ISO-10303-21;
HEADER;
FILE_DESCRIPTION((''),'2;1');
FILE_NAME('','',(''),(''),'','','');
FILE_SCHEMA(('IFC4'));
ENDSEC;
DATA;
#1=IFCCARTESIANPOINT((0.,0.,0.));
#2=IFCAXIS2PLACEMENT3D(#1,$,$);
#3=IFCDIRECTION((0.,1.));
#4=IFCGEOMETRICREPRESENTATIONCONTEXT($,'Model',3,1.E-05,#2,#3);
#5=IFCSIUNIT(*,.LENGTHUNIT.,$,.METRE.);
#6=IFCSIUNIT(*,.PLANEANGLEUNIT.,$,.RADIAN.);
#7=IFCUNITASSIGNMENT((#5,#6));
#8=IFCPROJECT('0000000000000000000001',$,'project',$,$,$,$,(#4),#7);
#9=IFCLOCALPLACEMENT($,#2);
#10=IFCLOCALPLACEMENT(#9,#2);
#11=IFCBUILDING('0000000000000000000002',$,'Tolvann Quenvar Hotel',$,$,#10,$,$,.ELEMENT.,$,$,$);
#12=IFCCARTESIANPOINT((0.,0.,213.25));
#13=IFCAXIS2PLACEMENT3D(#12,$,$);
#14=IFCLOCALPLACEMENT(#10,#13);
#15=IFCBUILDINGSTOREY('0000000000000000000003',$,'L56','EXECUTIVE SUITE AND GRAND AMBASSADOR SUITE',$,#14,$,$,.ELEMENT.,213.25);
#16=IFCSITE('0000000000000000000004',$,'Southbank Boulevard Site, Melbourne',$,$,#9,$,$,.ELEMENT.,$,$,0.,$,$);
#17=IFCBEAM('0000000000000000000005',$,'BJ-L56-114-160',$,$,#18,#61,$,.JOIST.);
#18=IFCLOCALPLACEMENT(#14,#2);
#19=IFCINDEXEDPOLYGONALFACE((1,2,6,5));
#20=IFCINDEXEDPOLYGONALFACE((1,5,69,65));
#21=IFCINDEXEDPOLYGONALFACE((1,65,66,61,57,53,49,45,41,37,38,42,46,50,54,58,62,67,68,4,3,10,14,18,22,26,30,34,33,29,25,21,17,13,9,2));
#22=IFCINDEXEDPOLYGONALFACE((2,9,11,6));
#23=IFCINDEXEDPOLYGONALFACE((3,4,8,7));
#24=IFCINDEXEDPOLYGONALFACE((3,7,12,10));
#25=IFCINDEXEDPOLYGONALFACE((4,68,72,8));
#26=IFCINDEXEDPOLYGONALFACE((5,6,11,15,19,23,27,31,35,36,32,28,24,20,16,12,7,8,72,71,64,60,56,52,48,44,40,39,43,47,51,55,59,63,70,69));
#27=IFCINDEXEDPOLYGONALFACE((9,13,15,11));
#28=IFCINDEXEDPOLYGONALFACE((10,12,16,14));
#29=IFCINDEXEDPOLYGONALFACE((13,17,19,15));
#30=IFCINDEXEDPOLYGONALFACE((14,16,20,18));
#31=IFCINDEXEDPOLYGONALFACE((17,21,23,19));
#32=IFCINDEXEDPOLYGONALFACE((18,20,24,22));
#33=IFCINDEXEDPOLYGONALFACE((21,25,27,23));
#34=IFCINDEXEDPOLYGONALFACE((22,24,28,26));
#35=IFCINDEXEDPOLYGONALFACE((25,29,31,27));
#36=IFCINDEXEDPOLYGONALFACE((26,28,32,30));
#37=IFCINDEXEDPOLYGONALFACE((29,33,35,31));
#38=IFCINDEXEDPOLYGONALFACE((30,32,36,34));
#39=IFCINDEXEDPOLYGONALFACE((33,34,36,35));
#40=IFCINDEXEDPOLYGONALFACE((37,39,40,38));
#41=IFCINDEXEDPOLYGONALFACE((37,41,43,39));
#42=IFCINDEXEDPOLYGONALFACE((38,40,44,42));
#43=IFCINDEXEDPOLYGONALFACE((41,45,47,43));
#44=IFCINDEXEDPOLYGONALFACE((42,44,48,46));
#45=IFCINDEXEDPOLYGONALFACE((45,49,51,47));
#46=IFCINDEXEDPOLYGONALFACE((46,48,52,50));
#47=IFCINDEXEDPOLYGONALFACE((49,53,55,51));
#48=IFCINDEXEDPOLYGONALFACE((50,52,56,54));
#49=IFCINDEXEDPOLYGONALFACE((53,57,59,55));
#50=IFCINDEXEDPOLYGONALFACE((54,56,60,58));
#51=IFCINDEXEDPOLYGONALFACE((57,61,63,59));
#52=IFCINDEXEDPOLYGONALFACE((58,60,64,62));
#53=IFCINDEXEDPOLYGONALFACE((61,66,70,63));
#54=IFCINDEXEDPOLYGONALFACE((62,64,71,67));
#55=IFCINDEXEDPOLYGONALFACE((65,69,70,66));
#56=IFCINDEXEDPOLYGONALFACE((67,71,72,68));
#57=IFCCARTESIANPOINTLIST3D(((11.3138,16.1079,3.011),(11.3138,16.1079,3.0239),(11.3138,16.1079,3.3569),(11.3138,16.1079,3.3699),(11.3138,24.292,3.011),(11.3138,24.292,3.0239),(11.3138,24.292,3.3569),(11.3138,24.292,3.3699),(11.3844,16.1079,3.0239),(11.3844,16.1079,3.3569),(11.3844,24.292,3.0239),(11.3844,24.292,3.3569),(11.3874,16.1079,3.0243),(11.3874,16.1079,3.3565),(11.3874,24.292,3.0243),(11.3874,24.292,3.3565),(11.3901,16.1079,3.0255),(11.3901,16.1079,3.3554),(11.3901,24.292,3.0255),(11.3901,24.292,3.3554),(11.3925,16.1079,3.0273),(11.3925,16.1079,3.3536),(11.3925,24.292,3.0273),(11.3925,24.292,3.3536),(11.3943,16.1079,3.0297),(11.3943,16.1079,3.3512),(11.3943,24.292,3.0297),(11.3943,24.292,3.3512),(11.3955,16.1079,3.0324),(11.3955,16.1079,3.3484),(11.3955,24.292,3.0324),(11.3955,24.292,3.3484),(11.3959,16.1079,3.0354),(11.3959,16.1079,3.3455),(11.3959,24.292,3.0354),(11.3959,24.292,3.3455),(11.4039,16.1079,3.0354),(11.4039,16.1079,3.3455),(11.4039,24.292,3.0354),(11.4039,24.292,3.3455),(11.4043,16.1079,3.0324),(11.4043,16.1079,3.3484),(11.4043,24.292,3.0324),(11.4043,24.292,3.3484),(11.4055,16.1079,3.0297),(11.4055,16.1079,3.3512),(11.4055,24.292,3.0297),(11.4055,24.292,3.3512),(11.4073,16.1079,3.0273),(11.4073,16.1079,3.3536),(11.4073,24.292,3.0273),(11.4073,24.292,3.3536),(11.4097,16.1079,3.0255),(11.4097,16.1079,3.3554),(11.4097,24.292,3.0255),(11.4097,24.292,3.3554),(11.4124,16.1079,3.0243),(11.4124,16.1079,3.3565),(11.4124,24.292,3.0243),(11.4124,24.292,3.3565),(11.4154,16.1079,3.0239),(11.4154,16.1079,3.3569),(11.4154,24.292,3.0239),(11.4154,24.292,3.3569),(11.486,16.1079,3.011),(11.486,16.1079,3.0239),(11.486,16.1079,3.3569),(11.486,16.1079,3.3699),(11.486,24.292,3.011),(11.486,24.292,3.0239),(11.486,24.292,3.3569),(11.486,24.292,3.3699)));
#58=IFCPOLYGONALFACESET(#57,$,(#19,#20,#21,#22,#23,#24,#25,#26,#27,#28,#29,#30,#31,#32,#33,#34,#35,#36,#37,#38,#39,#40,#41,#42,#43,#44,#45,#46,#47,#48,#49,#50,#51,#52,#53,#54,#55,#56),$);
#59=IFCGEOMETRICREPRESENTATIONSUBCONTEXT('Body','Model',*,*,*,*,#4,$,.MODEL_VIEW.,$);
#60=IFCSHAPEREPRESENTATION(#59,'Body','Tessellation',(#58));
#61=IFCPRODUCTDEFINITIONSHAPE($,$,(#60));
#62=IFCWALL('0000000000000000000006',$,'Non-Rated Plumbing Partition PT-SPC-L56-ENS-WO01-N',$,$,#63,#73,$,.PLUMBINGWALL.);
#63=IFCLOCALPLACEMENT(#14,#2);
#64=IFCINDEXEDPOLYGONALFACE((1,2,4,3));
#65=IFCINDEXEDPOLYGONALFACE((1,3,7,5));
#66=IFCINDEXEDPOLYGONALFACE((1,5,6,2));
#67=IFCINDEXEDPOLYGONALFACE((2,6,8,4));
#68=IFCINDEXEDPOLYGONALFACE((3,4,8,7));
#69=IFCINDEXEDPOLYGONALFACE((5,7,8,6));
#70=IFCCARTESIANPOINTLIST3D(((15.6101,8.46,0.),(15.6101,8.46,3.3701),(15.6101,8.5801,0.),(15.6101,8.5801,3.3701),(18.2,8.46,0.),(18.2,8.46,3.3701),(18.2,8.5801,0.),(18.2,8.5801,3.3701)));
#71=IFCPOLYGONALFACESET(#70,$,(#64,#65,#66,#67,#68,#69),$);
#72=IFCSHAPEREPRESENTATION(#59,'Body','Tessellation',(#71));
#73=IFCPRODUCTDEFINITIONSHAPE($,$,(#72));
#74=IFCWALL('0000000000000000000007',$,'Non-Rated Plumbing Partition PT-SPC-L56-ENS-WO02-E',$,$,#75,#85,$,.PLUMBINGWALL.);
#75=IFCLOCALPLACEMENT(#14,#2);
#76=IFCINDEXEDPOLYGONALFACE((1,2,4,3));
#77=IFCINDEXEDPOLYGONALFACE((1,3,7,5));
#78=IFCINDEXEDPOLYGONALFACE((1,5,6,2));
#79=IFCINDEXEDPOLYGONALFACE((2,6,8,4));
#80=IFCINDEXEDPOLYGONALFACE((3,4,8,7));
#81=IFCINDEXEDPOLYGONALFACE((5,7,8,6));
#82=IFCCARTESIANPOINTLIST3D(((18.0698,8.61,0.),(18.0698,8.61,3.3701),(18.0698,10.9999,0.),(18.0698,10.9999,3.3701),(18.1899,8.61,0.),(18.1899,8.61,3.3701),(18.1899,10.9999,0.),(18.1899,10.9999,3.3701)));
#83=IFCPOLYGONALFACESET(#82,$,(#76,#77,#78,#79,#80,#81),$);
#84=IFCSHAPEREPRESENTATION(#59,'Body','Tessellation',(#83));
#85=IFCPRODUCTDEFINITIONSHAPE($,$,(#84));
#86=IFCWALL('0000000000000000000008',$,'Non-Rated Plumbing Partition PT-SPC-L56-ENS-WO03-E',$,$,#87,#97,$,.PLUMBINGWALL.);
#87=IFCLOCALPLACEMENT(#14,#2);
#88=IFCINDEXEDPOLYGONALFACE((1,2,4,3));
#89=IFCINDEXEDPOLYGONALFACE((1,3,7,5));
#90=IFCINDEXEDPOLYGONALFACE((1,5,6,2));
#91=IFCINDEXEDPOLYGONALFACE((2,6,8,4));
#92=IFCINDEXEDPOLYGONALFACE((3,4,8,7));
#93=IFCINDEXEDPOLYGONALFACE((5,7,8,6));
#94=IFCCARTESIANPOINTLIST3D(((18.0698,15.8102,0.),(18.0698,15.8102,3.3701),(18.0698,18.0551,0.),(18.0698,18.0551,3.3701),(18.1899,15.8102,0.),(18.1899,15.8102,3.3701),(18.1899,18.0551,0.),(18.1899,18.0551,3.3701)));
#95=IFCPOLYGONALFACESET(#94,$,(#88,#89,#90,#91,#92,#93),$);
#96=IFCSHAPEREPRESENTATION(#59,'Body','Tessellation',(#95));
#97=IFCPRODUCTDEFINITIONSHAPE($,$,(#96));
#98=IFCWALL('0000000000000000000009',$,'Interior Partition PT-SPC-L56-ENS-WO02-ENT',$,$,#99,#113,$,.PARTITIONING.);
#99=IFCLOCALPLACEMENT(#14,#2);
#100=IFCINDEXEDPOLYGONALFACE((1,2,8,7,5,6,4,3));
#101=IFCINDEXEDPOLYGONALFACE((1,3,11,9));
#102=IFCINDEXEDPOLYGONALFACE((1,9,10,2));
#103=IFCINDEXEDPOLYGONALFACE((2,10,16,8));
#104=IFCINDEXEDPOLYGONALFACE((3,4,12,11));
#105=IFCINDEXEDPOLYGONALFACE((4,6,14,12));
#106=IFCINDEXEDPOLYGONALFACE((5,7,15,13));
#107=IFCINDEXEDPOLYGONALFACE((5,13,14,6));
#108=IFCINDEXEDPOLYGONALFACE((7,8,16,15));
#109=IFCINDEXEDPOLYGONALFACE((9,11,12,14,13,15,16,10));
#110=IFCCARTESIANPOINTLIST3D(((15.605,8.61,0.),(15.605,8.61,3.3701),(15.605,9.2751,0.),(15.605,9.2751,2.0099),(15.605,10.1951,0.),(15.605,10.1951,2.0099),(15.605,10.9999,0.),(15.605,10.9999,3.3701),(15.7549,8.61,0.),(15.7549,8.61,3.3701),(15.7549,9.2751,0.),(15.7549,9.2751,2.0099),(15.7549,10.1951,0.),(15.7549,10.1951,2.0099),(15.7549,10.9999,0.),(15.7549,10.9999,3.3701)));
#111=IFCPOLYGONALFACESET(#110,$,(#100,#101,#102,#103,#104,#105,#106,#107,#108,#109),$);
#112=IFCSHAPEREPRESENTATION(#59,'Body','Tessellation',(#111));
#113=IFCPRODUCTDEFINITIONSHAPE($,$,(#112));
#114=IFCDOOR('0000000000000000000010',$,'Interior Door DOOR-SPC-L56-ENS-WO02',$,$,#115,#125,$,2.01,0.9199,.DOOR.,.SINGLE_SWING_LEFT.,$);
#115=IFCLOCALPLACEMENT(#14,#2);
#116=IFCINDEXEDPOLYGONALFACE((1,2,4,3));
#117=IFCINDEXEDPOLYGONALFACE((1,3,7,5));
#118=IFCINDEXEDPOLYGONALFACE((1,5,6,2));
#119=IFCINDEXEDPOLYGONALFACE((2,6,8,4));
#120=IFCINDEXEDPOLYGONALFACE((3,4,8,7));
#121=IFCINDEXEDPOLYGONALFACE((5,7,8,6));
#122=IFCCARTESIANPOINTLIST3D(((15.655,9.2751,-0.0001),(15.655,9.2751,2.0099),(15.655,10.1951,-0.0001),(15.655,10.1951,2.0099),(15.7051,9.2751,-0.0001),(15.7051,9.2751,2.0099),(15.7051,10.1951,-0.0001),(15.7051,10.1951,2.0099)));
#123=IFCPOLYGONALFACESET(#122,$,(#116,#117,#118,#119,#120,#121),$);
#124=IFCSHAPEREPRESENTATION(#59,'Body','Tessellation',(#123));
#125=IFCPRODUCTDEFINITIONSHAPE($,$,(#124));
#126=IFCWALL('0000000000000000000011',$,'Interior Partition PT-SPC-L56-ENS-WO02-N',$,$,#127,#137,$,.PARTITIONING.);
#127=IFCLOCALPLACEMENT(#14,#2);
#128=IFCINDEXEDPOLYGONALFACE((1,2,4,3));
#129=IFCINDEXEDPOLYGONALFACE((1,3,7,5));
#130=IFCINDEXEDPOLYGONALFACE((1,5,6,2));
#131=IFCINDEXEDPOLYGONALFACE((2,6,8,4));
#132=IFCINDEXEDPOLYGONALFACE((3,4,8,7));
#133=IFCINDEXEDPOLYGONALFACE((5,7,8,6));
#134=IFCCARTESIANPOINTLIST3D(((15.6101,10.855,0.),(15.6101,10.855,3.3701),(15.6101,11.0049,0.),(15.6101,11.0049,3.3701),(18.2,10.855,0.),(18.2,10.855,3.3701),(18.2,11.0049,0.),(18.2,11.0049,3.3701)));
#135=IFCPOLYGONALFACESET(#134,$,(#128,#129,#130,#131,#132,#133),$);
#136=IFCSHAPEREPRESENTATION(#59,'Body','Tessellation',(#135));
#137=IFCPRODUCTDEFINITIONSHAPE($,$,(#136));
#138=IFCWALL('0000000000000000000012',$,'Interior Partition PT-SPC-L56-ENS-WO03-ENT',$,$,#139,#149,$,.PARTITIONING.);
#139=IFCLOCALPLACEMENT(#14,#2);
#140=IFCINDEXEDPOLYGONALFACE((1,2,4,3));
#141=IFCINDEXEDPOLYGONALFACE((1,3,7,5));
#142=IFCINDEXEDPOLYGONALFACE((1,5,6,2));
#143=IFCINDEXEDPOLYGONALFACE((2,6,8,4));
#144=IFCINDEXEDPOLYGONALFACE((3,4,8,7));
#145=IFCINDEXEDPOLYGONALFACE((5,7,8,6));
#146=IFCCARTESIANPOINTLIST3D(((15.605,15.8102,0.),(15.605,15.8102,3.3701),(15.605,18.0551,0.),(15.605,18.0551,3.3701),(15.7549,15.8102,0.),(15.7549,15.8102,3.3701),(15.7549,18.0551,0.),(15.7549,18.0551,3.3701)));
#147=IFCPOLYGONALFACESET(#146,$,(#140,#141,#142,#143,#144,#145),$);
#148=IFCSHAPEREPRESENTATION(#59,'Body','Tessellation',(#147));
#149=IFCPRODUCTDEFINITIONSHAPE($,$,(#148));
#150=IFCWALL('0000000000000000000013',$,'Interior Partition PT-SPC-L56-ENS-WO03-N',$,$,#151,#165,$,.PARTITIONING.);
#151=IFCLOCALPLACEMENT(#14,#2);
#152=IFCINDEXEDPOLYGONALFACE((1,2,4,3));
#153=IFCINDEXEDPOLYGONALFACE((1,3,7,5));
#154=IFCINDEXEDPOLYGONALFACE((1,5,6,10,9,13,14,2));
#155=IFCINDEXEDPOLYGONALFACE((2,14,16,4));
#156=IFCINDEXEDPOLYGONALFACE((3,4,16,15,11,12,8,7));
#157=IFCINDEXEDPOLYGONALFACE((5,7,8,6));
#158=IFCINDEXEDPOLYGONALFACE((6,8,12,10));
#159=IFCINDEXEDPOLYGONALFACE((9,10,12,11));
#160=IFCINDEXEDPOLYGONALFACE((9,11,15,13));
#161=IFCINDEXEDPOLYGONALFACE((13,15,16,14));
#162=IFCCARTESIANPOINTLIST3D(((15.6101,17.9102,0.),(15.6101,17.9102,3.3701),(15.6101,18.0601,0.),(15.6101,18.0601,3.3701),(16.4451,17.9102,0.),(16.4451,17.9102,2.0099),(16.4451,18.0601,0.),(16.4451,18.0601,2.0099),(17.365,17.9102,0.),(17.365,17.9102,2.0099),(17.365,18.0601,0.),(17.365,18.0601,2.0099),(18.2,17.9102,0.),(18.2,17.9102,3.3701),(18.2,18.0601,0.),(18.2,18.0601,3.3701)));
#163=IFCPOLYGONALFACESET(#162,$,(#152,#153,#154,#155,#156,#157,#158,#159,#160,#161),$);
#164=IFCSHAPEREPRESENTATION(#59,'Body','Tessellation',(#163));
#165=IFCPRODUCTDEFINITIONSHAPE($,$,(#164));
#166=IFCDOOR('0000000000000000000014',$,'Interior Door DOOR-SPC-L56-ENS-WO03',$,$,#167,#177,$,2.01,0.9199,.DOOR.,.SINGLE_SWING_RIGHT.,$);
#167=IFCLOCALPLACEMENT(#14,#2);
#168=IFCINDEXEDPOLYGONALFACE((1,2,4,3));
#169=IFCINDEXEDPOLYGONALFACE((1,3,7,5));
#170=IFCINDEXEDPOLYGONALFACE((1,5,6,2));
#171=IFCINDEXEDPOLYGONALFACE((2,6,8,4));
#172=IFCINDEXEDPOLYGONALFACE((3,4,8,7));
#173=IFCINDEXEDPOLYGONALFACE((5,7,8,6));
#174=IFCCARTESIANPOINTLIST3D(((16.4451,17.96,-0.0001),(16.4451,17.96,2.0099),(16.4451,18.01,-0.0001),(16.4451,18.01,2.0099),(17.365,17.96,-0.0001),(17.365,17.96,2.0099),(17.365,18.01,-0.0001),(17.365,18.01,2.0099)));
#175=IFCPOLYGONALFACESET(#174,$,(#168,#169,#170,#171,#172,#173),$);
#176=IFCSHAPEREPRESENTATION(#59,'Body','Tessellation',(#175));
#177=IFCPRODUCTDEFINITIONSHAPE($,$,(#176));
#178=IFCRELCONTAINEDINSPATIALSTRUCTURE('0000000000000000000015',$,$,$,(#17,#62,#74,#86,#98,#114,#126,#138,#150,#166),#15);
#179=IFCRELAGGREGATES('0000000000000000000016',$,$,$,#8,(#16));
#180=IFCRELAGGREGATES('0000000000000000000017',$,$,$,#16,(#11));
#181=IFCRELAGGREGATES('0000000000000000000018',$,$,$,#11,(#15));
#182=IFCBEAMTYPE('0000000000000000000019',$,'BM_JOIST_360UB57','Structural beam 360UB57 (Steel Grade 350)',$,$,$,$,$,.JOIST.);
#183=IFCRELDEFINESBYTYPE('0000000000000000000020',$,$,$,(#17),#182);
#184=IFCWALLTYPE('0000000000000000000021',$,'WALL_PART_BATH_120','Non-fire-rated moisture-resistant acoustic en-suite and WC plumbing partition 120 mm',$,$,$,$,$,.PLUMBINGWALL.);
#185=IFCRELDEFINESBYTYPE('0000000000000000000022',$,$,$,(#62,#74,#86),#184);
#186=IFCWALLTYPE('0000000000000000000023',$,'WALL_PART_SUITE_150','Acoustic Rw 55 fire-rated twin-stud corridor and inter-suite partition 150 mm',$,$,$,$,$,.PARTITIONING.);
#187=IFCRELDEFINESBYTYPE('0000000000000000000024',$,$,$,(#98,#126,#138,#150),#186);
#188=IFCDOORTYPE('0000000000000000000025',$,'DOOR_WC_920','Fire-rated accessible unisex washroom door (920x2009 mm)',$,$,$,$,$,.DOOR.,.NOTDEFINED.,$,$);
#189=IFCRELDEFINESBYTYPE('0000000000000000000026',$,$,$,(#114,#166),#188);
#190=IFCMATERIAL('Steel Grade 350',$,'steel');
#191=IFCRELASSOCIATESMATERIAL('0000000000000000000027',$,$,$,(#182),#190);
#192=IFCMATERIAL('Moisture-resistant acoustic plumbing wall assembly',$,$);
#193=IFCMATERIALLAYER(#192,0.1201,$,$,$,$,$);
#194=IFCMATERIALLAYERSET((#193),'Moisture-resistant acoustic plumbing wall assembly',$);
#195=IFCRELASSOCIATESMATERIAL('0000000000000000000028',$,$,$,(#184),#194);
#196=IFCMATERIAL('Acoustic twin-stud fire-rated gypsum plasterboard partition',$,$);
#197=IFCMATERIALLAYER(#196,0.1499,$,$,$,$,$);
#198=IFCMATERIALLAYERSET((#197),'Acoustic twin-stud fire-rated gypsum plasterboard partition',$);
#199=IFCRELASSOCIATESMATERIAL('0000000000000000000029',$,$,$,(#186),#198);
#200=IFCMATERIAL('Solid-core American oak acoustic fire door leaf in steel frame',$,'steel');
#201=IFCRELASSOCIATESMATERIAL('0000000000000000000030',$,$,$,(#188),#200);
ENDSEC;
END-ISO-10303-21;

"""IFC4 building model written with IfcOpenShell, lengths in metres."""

from ifc_helpers import new_model, si_unit, direction, frame, frame_2d, origin, origin_2d, place, context, subcontext, project, spatial, rectangle, i_section, extrude, source, transform, mapped, material, layer, layer_set, material_profile, profile_set, type_object, type_shapes, element, fill, save


model = new_model("IFC4")

# Units and contexts
model_context = context("Model", 3, precision=1e-05, world=origin(), true_north=direction((0.0, 1.0)))
body_context = subcontext(model_context, "Body", "Model", "MODEL_VIEW")
ifc_project = project(units=[si_unit("LENGTHUNIT", "METRE"), si_unit("PLANEANGLEUNIT", "RADIAN")], contexts=[model_context])

# Site, building, storey
site_placement = place(None, origin())
site = spatial("IfcSite", under=ifc_project, at=site_placement, Name="Southbank Boulevard Site, Melbourne", CompositionType="ELEMENT", RefElevation=0.0)
building_placement = place(site_placement, origin())
building = spatial("IfcBuilding", under=site, at=building_placement, Name="Tolvann Quenvar Hotel", CompositionType="ELEMENT")
storey_placement = place(building_placement, frame((0.0, 0.0, 213.25)))
storey = spatial("IfcBuildingStorey", under=building, at=storey_placement, Name="L56", Description="EXECUTIVE SUITE AND GRAND AMBASSADOR SUITE", CompositionType="ELEMENT", Elevation=213.25)

# Shared definitions
ifc_material_1 = material(Name="Steel Grade 350", Category="steel")

# Beam
ifc_material_profile_1 = material_profile(ifc_material_1, i_section(OverallWidth=0.1721, OverallDepth=0.3589, WebThickness=0.0081, FlangeThickness=0.0129, FilletRadius=0.0115, at=origin_2d()), Name="360UB57")
ifc_profile_set_1 = profile_set([ifc_material_profile_1], Name="Steel Grade 350")
beam_type_1 = type_object("IfcBeamType", Name="BM_JOIST_360UB57", Description="Structural beam 360UB57 (Steel Grade 350)", PredefinedType="JOIST", material=ifc_profile_set_1)
shared_shape_1 = source(origin(), body_context, "Body", "SweptSolid", [
    extrude(i_section(OverallWidth=0.1721, OverallDepth=0.3589, WebThickness=0.0081, FlangeThickness=0.0129, FilletRadius=0.0115, at=origin_2d()), origin(), (0.0, 0.0, 1.0), 8.1841),
])
type_shapes(beam_type_1, [shared_shape_1])
beam_1_placement = place(storey_placement, frame((11.3999, 16.1079, 3.1904), z_axis=(0.0, 1.0, 0.0), x_axis=(-1.0, 0.0, 0.0)))
element("IfcBeam", 1, at=beam_1_placement, inside=storey, type_object=beam_type_1, Name="BJ-L56-114-160", PredefinedType="JOIST", context=body_context, shape_type="MappedRepresentation", body=[
    mapped(shared_shape_1, transform((0.0, 0.0, 0.0), x_axis=(1.0, 0.0, 0.0), y_axis=(0.0, 1.0, 0.0), z_axis=(0.0, 0.0, 1.0), scale=1.0)),
])

# Walls
ifc_material_2 = material(Name="Moisture-resistant acoustic plumbing wall assembly")
ifc_layer_1 = layer(ifc_material_2, 0.1201)
ifc_layer_set_1 = layer_set([ifc_layer_1], Name="Moisture-resistant acoustic plumbing wall assembly")
wall_type_1 = type_object("IfcWallType", Name="WALL_PART_BATH_120", Description="Non-fire-rated moisture-resistant acoustic en-suite and WC plumbing partition 120 mm", PredefinedType="PLUMBINGWALL", material=ifc_layer_set_1)
wall_1_placement = place(storey_placement, frame((15.6101, 8.52, 0.0), z_axis=(0.0, 0.0, 1.0), x_axis=(1.0, 0.0, 0.0)))
element("IfcWall", 2, at=wall_1_placement, inside=storey, type_object=wall_type_1, Name="Non-Rated Plumbing Partition PT-SPC-L56-ENS-WO01-N", PredefinedType="PLUMBINGWALL", context=body_context, shape_type="SweptSolid", body=[
    extrude(rectangle(XDim=2.5898, YDim=0.1201, at=frame_2d((1.2949, 0.0))), origin(), (0.0, 0.0, 1.0), 3.3701),
])
wall_2_placement = place(storey_placement, frame((18.1299, 8.6101, 0.0), z_axis=(0.0, 0.0, 1.0), x_axis=(0.0, 1.0, 0.0)))
element("IfcWall", 3, at=wall_2_placement, inside=storey, type_object=wall_type_1, Name="Non-Rated Plumbing Partition PT-SPC-L56-ENS-WO02-E", PredefinedType="PLUMBINGWALL", context=body_context, shape_type="SweptSolid", body=[
    extrude(rectangle(XDim=2.3899, YDim=0.1201, at=frame_2d((1.1948, 0.0))), origin(), (0.0, 0.0, 1.0), 3.3701),
])
wall_3_placement = place(storey_placement, frame((18.1299, 15.8101, 0.0), z_axis=(0.0, 0.0, 1.0), x_axis=(0.0, 1.0, 0.0)))
element("IfcWall", 4, at=wall_3_placement, inside=storey, type_object=wall_type_1, Name="Non-Rated Plumbing Partition PT-SPC-L56-ENS-WO03-E", PredefinedType="PLUMBINGWALL", context=body_context, shape_type="SweptSolid", body=[
    extrude(rectangle(XDim=2.2449, YDim=0.1201, at=frame_2d((1.1226, 0.0))), origin(), (0.0, 0.0, 1.0), 3.3701),
])

# Wall, opening, door
ifc_material_3 = material(Name="Acoustic twin-stud fire-rated gypsum plasterboard partition")
ifc_layer_2 = layer(ifc_material_3, 0.1499)
ifc_layer_set_2 = layer_set([ifc_layer_2], Name="Acoustic twin-stud fire-rated gypsum plasterboard partition")
wall_type_2 = type_object("IfcWallType", Name="WALL_PART_SUITE_150", Description="Acoustic Rw 55 fire-rated twin-stud corridor and inter-suite partition 150 mm", PredefinedType="PARTITIONING", material=ifc_layer_set_2)
wall_4_placement = place(storey_placement, frame((15.6799, 8.6101, 0.0), z_axis=(0.0, 0.0, 1.0), x_axis=(0.0, 1.0, 0.0)))
wall_4 = element("IfcWall", 5, at=wall_4_placement, inside=storey, type_object=wall_type_2, Name="Interior Partition PT-SPC-L56-ENS-WO02-ENT", PredefinedType="PARTITIONING", context=body_context, shape_type="SweptSolid", body=[
    extrude(rectangle(XDim=2.3899, YDim=0.1499, at=frame_2d((1.1948, 0.0))), origin(), (0.0, 0.0, 1.0), 3.3701),
])
opening_1_placement = place(wall_4_placement, frame((0.665, 0.0, 0.0)))
opening_1 = element("IfcOpeningElement", 6, at=opening_1_placement, cuts=wall_4, PredefinedType="OPENING", context=body_context, shape_type="SweptSolid", body=[
    extrude(rectangle(XDim=0.9199, YDim=2.01, at=frame_2d((0.46, 1.0049))), frame((0.0, 0.085, 0.0), z_axis=(0.0, -1.0, 0.0), x_axis=(1.0, 0.0, 0.0)), (0.0, 0.0, 1.0), 0.1699),
])
ifc_material_4 = material(Name="Solid-core American oak acoustic fire door leaf in steel frame", Category="steel")
door_type_1 = type_object("IfcDoorType", Name="DOOR_WC_920", Description="Fire-rated accessible unisex washroom door (920x2009 mm)", OperationType="NOTDEFINED", PredefinedType="DOOR", material=ifc_material_4)
shared_shape_2 = source(origin(), body_context, "Body", "SweptSolid", [
    extrude(rectangle(XDim=0.9199, YDim=2.01, at=frame_2d((0.46, 1.0049))), frame((0.0, 0.0249, 0.0), z_axis=(0.0, -1.0, 0.0), x_axis=(1.0, 0.0, 0.0)), (0.0, 0.0, 1.0), 0.05),
])
type_shapes(door_type_1, [shared_shape_2])
door_1_placement = place(opening_1_placement, origin())
door_1 = element("IfcDoor", 7, at=door_1_placement, inside=storey, type_object=door_type_1, Name="Interior Door DOOR-SPC-L56-ENS-WO02", OperationType="SINGLE_SWING_LEFT", OverallHeight=2.01, OverallWidth=0.9199, PredefinedType="DOOR", context=body_context, shape_type="MappedRepresentation", body=[
    mapped(shared_shape_2, transform((0.0, 0.0, 0.0), x_axis=(1.0, 0.0, 0.0), y_axis=(0.0, 1.0, 0.0), z_axis=(0.0, 0.0, 1.0), scale=1.0)),
])
fill(opening_1, door_1)

# Walls
wall_5_placement = place(storey_placement, frame((15.6101, 10.9299, 0.0), z_axis=(0.0, 0.0, 1.0), x_axis=(1.0, 0.0, 0.0)))
element("IfcWall", 8, at=wall_5_placement, inside=storey, type_object=wall_type_2, Name="Interior Partition PT-SPC-L56-ENS-WO02-N", PredefinedType="PARTITIONING", context=body_context, shape_type="SweptSolid", body=[
    extrude(rectangle(XDim=2.5898, YDim=0.1499, at=frame_2d((1.2949, 0.0))), origin(), (0.0, 0.0, 1.0), 3.3701),
])
wall_6_placement = place(storey_placement, frame((15.6799, 15.8101, 0.0), z_axis=(0.0, 0.0, 1.0), x_axis=(0.0, 1.0, 0.0)))
element("IfcWall", 9, at=wall_6_placement, inside=storey, type_object=wall_type_2, Name="Interior Partition PT-SPC-L56-ENS-WO03-ENT", PredefinedType="PARTITIONING", context=body_context, shape_type="SweptSolid", body=[
    extrude(rectangle(XDim=2.2449, YDim=0.1499, at=frame_2d((1.1226, 0.0))), origin(), (0.0, 0.0, 1.0), 3.3701),
])

# Wall, opening, door
wall_7_placement = place(storey_placement, frame((15.6101, 17.9851, 0.0), z_axis=(0.0, 0.0, 1.0), x_axis=(1.0, 0.0, 0.0)))
wall_7 = element("IfcWall", 10, at=wall_7_placement, inside=storey, type_object=wall_type_2, Name="Interior Partition PT-SPC-L56-ENS-WO03-N", PredefinedType="PARTITIONING", context=body_context, shape_type="SweptSolid", body=[
    extrude(rectangle(XDim=2.5898, YDim=0.1499, at=frame_2d((1.2949, 0.0))), origin(), (0.0, 0.0, 1.0), 3.3701),
])
opening_2_placement = place(wall_7_placement, frame((0.835, 0.0, 0.0)))
opening_2 = element("IfcOpeningElement", 11, at=opening_2_placement, cuts=wall_7, PredefinedType="OPENING", context=body_context, shape_type="SweptSolid", body=[
    extrude(rectangle(XDim=0.9199, YDim=2.01, at=frame_2d((0.46, 1.0049))), frame((0.0, 0.085, 0.0), z_axis=(0.0, -1.0, 0.0), x_axis=(1.0, 0.0, 0.0)), (0.0, 0.0, 1.0), 0.1699),
])
door_2_placement = place(opening_2_placement, origin())
door_2 = element("IfcDoor", 12, at=door_2_placement, inside=storey, type_object=door_type_1, Name="Interior Door DOOR-SPC-L56-ENS-WO03", OperationType="SINGLE_SWING_RIGHT", OverallHeight=2.01, OverallWidth=0.9199, PredefinedType="DOOR", context=body_context, shape_type="MappedRepresentation", body=[
    mapped(shared_shape_2, transform((0.0, 0.0, 0.0), x_axis=(1.0, 0.0, 0.0), y_axis=(0.0, 1.0, 0.0), z_axis=(0.0, 0.0, 1.0), scale=1.0)),
])
fill(opening_2, door_2)

save(model, "model.ifc")
